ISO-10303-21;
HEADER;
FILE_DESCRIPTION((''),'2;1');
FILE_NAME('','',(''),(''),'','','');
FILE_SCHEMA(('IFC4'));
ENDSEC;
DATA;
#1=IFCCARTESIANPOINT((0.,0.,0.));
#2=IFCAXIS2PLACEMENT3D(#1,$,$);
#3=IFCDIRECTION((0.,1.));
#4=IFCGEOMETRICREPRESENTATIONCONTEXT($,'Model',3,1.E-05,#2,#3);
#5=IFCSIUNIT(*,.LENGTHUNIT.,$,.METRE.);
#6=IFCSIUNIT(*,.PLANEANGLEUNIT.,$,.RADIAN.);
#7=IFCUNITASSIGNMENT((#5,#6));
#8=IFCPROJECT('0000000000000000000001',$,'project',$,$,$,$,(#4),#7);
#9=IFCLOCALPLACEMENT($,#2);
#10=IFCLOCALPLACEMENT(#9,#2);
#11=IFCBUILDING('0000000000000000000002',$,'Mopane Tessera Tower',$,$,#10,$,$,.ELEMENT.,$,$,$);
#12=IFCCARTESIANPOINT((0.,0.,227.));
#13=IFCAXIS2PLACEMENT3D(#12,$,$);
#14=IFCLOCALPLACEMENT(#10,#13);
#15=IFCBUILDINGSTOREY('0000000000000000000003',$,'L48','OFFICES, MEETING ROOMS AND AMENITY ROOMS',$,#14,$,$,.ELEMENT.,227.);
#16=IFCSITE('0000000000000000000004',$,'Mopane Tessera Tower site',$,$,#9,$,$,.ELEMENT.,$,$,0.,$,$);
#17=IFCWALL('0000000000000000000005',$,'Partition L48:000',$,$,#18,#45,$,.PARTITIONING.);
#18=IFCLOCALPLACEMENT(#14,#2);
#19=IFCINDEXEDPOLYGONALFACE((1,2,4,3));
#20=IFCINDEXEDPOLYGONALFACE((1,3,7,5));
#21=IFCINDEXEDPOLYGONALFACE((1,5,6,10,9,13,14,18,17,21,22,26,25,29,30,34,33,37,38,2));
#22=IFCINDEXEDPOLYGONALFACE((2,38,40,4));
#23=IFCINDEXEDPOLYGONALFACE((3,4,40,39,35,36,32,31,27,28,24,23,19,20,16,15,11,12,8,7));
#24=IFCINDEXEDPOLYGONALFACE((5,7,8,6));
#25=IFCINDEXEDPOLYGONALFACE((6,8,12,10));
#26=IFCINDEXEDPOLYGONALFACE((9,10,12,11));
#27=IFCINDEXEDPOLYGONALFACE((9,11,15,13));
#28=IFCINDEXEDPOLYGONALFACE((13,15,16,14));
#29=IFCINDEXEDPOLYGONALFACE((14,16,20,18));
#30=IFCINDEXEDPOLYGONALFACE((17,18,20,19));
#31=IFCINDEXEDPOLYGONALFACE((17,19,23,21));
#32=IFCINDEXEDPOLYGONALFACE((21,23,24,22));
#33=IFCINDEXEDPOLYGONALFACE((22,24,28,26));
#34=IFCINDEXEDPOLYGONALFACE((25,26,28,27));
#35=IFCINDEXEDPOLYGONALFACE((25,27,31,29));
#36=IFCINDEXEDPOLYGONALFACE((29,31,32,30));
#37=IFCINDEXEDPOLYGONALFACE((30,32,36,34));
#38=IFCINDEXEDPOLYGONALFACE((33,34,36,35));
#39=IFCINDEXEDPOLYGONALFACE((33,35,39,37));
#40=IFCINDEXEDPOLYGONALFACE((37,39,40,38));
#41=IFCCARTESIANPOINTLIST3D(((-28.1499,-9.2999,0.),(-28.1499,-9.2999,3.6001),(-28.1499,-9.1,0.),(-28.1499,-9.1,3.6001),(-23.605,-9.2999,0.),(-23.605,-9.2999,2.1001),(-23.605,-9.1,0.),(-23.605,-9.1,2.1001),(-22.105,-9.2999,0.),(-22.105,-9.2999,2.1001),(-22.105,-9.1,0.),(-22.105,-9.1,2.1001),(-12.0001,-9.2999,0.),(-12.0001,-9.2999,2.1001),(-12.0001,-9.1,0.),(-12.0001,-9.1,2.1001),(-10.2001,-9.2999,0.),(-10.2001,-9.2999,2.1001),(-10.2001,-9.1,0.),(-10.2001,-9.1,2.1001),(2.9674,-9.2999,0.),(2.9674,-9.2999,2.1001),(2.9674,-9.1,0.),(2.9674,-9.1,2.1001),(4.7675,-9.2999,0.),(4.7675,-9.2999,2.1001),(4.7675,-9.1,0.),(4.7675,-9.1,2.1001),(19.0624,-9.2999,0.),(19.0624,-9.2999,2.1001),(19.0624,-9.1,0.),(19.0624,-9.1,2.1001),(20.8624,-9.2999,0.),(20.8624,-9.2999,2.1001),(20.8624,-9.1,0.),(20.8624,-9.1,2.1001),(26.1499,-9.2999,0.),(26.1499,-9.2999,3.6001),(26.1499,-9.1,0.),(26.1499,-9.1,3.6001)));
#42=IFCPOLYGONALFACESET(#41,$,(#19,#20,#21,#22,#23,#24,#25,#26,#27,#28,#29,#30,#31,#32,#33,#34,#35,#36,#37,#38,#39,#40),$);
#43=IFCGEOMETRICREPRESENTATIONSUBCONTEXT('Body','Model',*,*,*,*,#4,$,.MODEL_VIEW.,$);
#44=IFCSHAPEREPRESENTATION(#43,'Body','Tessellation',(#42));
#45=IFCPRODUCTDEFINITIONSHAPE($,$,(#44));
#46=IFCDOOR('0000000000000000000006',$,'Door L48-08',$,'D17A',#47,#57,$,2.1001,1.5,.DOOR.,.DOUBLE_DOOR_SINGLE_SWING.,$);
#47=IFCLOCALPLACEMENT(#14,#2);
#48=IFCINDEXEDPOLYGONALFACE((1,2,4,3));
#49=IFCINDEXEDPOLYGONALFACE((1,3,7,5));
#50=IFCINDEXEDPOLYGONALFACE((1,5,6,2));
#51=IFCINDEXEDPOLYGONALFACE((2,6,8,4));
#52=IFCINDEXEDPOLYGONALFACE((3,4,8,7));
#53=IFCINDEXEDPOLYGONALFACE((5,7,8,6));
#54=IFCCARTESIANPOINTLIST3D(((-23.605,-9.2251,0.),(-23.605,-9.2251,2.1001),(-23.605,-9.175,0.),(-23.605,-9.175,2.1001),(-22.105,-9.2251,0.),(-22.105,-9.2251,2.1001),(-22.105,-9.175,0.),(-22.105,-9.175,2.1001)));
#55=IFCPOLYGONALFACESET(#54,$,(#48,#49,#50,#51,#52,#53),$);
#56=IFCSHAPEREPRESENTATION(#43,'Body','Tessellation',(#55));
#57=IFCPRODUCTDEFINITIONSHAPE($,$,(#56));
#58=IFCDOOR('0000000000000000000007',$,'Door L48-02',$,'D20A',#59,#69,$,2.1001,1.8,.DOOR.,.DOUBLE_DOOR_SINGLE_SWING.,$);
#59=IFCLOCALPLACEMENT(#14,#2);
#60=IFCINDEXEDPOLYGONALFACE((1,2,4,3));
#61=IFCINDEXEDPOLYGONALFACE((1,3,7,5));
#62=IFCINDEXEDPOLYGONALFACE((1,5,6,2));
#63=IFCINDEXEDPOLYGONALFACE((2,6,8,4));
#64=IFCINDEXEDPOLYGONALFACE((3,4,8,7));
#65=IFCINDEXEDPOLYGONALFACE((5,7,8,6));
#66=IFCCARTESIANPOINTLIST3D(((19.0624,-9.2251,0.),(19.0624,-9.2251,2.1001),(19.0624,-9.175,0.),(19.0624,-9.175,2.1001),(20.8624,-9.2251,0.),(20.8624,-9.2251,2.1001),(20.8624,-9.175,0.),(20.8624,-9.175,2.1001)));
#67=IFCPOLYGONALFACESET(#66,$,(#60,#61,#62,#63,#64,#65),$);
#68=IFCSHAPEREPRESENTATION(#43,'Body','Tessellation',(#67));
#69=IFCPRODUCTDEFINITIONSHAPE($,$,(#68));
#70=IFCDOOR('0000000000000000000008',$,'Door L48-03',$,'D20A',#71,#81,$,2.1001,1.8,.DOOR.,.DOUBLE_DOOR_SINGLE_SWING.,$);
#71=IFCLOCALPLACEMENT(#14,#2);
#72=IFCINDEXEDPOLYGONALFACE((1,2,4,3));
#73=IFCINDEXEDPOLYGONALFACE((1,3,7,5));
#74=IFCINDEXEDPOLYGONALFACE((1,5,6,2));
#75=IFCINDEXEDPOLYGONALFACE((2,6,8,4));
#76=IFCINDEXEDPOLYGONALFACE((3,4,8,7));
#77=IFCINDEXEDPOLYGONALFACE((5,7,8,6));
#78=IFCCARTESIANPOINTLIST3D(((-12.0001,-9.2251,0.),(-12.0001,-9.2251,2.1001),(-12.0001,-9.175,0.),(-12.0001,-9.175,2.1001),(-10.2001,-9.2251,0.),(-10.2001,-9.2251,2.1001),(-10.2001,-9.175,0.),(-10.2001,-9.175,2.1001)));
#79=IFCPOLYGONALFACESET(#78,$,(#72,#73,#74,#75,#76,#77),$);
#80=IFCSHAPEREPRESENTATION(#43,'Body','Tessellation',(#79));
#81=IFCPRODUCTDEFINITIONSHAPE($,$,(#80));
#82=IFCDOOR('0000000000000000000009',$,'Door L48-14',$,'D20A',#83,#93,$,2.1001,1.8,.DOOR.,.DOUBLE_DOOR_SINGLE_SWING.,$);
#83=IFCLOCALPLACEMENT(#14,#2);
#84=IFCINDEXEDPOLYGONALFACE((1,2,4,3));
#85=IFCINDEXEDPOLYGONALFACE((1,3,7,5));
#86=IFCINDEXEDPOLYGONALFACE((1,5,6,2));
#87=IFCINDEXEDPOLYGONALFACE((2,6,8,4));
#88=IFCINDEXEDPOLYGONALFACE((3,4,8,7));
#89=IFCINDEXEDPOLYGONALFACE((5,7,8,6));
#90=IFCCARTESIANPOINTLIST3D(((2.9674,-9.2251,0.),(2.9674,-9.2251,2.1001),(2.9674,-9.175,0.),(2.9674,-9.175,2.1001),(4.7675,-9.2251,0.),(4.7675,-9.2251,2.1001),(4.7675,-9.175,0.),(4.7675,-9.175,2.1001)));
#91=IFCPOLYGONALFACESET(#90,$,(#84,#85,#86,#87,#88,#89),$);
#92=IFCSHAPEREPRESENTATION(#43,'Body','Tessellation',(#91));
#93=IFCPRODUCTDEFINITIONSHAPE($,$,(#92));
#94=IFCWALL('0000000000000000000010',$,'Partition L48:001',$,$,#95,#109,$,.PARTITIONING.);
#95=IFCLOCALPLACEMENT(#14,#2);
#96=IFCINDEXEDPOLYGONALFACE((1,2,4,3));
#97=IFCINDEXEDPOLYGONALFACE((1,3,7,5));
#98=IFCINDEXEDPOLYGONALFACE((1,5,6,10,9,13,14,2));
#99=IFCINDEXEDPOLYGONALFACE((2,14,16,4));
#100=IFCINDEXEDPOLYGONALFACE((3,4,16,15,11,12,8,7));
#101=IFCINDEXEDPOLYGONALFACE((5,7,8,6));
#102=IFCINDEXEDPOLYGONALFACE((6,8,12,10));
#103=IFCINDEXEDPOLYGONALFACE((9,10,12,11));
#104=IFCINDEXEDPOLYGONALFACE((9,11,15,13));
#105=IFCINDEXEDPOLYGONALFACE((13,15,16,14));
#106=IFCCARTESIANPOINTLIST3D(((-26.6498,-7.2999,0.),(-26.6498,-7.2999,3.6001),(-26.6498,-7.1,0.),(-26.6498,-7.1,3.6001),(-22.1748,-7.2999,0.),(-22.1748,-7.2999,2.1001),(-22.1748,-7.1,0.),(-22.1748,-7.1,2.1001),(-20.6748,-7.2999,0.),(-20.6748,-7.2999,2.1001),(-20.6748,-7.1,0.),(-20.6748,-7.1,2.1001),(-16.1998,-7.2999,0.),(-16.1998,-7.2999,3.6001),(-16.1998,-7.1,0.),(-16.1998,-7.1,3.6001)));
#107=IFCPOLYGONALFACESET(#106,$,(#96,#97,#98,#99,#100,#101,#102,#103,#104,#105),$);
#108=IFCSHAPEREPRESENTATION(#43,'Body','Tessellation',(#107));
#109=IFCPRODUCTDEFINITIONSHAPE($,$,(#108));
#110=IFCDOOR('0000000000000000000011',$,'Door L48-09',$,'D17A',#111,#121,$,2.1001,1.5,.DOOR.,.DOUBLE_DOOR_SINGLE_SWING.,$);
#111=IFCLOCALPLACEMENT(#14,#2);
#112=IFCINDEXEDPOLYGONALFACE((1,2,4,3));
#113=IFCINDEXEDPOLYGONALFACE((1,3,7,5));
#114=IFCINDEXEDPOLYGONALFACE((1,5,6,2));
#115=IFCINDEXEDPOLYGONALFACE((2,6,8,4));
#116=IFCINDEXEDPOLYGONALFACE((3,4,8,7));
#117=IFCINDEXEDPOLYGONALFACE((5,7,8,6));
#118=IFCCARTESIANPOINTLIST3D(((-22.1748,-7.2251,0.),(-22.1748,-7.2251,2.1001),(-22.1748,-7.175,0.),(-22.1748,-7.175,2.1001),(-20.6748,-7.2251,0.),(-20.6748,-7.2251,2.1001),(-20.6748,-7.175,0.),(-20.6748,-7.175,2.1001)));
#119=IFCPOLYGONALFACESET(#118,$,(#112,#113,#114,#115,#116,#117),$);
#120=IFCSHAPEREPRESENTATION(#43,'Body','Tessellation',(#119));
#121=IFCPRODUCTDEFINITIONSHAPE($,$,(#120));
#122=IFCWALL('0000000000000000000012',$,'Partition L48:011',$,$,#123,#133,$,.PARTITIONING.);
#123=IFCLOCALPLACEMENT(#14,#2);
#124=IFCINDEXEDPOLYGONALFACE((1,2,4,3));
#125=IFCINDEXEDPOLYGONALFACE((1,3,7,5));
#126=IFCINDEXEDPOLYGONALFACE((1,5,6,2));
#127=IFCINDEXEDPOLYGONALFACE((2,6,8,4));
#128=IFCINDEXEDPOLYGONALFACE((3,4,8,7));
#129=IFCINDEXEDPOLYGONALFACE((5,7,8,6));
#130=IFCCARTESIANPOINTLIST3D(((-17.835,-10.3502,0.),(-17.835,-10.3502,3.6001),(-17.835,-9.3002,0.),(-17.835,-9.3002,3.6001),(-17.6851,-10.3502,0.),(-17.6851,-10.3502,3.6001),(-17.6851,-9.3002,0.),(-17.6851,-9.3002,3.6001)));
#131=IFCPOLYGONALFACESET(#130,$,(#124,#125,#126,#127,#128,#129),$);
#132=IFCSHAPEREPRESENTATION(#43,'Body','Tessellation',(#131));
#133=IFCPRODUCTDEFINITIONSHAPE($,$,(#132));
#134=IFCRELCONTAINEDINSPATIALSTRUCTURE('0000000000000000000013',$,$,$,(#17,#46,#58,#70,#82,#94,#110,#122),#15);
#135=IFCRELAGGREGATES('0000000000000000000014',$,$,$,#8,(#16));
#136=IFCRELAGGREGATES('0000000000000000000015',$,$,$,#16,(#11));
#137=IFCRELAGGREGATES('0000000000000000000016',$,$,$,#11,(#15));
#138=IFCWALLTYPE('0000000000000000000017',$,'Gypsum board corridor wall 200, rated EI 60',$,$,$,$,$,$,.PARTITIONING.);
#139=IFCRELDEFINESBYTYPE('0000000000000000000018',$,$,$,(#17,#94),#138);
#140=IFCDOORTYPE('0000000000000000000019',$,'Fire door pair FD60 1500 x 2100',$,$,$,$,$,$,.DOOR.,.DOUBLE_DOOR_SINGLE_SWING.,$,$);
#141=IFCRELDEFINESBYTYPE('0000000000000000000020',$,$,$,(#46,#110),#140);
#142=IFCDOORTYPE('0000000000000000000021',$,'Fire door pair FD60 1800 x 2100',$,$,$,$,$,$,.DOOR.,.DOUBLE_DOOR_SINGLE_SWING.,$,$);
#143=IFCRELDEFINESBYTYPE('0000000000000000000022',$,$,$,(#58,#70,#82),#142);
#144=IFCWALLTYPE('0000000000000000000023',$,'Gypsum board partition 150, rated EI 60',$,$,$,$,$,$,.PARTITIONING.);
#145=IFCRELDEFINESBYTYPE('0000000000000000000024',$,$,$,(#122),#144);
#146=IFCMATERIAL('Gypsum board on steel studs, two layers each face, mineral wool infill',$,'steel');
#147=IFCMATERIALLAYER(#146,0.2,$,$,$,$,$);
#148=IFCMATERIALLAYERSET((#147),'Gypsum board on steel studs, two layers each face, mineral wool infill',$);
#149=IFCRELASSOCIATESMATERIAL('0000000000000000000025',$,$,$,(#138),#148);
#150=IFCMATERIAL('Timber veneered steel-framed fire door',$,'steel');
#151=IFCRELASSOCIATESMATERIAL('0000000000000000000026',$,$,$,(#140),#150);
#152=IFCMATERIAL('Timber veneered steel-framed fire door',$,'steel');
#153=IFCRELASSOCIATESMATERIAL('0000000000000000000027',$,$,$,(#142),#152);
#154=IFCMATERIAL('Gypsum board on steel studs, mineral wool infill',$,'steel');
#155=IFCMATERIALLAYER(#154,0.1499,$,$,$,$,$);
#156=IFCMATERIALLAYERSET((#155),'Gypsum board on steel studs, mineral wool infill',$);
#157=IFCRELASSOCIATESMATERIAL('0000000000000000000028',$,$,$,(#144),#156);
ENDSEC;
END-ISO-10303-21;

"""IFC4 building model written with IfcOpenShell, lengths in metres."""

from ifc_helpers import new_model, si_unit, direction, frame, frame_2d, origin, place, context, subcontext, project, spatial, rectangle, extrude, material, layer, layer_set, type_object, element, fill, save


model = new_model("IFC4")

# Units and contexts
model_context = context("Model", 3, precision=1e-05, world=origin(), true_north=direction((0.0, 1.0)))
body_context = subcontext(model_context, "Body", "Model", "MODEL_VIEW")
ifc_project = project(units=[si_unit("LENGTHUNIT", "METRE"), si_unit("PLANEANGLEUNIT", "RADIAN")], contexts=[model_context])

# Site, building, storey
site_placement = place(None, origin())
site = spatial("IfcSite", under=ifc_project, at=site_placement, Name="Mopane Tessera Tower site", CompositionType="ELEMENT", RefElevation=0.0)
building_placement = place(site_placement, origin())
building = spatial("IfcBuilding", under=site, at=building_placement, Name="Mopane Tessera Tower", CompositionType="ELEMENT")
storey_placement = place(building_placement, frame((0.0, 0.0, 227.0)))
storey = spatial("IfcBuildingStorey", under=building, at=storey_placement, Name="L48", Description="OFFICES, MEETING ROOMS AND AMENITY ROOMS", CompositionType="ELEMENT", Elevation=227.0)

# Wall, openings, doors
ifc_material_1 = material(Name="Gypsum board on steel studs, two layers each face, mineral wool infill", Category="steel")
ifc_layer_1 = layer(ifc_material_1, 0.2)
ifc_layer_set_1 = layer_set([ifc_layer_1], Name="Gypsum board on steel studs, two layers each face, mineral wool infill")
wall_type_1 = type_object("IfcWallType", Name="Gypsum board corridor wall 200, rated EI 60", PredefinedType="PARTITIONING", material=ifc_layer_set_1)
wall_1_placement = place(storey_placement, frame((-28.1499, -9.2, 0.0), z_axis=(0.0, 0.0, 1.0), x_axis=(1.0, 0.0, 0.0)))
wall_1 = element("IfcWall", 1, at=wall_1_placement, inside=storey, type_object=wall_type_1, Name="Partition L48:000", PredefinedType="PARTITIONING", context=body_context, shape_type="SweptSolid", body=[
    extrude(rectangle(XDim=54.2998, YDim=0.2, at=frame_2d((27.1499, 0.0))), origin(), (0.0, 0.0, 1.0), 3.6001),
])
opening_1_placement = place(wall_1_placement, frame((47.2124, 0.0, 0.0)))
opening_1 = element("IfcOpeningElement", 2, at=opening_1_placement, cuts=wall_1, PredefinedType="OPENING", context=body_context, shape_type="SweptSolid", body=[
    extrude(rectangle(XDim=1.8, YDim=2.1001, at=frame_2d((0.8999, 1.05))), frame((0.0, 0.1121, 0.0), z_axis=(0.0, -1.0, 0.0), x_axis=(1.0, 0.0, 0.0)), (0.0, 0.0, 1.0), 0.2239),
])
opening_2_placement = place(wall_1_placement, frame((16.1499, 0.0, 0.0)))
opening_2 = element("IfcOpeningElement", 3, at=opening_2_placement, cuts=wall_1, PredefinedType="OPENING", context=body_context, shape_type="SweptSolid", body=[
    extrude(rectangle(XDim=1.8, YDim=2.1001, at=frame_2d((0.8999, 1.05))), frame((0.0, 0.1121, 0.0), z_axis=(0.0, -1.0, 0.0), x_axis=(1.0, 0.0, 0.0)), (0.0, 0.0, 1.0), 0.2239),
])
opening_3_placement = place(wall_1_placement, frame((4.5449, 0.0, 0.0)))
opening_3 = element("IfcOpeningElement", 4, at=opening_3_placement, cuts=wall_1, PredefinedType="OPENING", context=body_context, shape_type="SweptSolid", body=[
    extrude(rectangle(XDim=1.5, YDim=2.1001, at=frame_2d((0.75, 1.05))), frame((0.0, 0.1121, 0.0), z_axis=(0.0, -1.0, 0.0), x_axis=(1.0, 0.0, 0.0)), (0.0, 0.0, 1.0), 0.2239),
])
opening_4_placement = place(wall_1_placement, frame((31.1174, 0.0, 0.0)))
opening_4 = element("IfcOpeningElement", 5, at=opening_4_placement, cuts=wall_1, PredefinedType="OPENING", context=body_context, shape_type="SweptSolid", body=[
    extrude(rectangle(XDim=1.8, YDim=2.1001, at=frame_2d((0.8999, 1.05))), frame((0.0, 0.1121, 0.0), z_axis=(0.0, -1.0, 0.0), x_axis=(1.0, 0.0, 0.0)), (0.0, 0.0, 1.0), 0.2239),
])
ifc_material_2 = material(Name="Timber veneered steel-framed fire door", Category="steel")
door_type_1 = type_object("IfcDoorType", Name="Fire door pair FD60 1500 x 2100", OperationType="DOUBLE_DOOR_SINGLE_SWING", PredefinedType="DOOR", material=ifc_material_2)
door_1_placement = place(opening_3_placement, origin())
door_1 = element("IfcDoor", 6, at=door_1_placement, inside=storey, type_object=door_type_1, Name="Door L48-08", ObjectType="D17A", OperationType="DOUBLE_DOOR_SINGLE_SWING", OverallHeight=2.1001, OverallWidth=1.5, PredefinedType="DOOR", context=body_context, shape_type="SweptSolid", body=[
    extrude(rectangle(XDim=1.5, YDim=2.1001, at=frame_2d((0.75, 1.05))), frame((0.0, 0.0249, 0.0), z_axis=(0.0, -1.0, 0.0), x_axis=(1.0, 0.0, 0.0)), (0.0, 0.0, 1.0), 0.05),
])
fill(opening_3, door_1)
ifc_material_3 = material(Name="Timber veneered steel-framed fire door", Category="steel")
door_type_2 = type_object("IfcDoorType", Name="Fire door pair FD60 1800 x 2100", OperationType="DOUBLE_DOOR_SINGLE_SWING", PredefinedType="DOOR", material=ifc_material_3)
door_2_placement = place(opening_1_placement, origin())
door_2 = element("IfcDoor", 7, at=door_2_placement, inside=storey, type_object=door_type_2, Name="Door L48-02", ObjectType="D20A", OperationType="DOUBLE_DOOR_SINGLE_SWING", OverallHeight=2.1001, OverallWidth=1.8, PredefinedType="DOOR", context=body_context, shape_type="SweptSolid", body=[
    extrude(rectangle(XDim=1.8, YDim=2.1001, at=frame_2d((0.8999, 1.05))), frame((0.0, 0.0249, 0.0), z_axis=(0.0, -1.0, 0.0), x_axis=(1.0, 0.0, 0.0)), (0.0, 0.0, 1.0), 0.05),
])
fill(opening_1, door_2)
door_3_placement = place(opening_2_placement, origin())
door_3 = element("IfcDoor", 8, at=door_3_placement, inside=storey, type_object=door_type_2, Name="Door L48-03", ObjectType="D20A", OperationType="DOUBLE_DOOR_SINGLE_SWING", OverallHeight=2.1001, OverallWidth=1.8, PredefinedType="DOOR", context=body_context, shape_type="SweptSolid", body=[
    extrude(rectangle(XDim=1.8, YDim=2.1001, at=frame_2d((0.8999, 1.05))), frame((0.0, 0.0249, 0.0), z_axis=(0.0, -1.0, 0.0), x_axis=(1.0, 0.0, 0.0)), (0.0, 0.0, 1.0), 0.05),
])
fill(opening_2, door_3)
door_4_placement = place(opening_4_placement, origin())
door_4 = element("IfcDoor", 9, at=door_4_placement, inside=storey, type_object=door_type_2, Name="Door L48-14", ObjectType="D20A", OperationType="DOUBLE_DOOR_SINGLE_SWING", OverallHeight=2.1001, OverallWidth=1.8, PredefinedType="DOOR", context=body_context, shape_type="SweptSolid", body=[
    extrude(rectangle(XDim=1.8, YDim=2.1001, at=frame_2d((0.8999, 1.05))), frame((0.0, 0.0249, 0.0), z_axis=(0.0, -1.0, 0.0), x_axis=(1.0, 0.0, 0.0)), (0.0, 0.0, 1.0), 0.05),
])
fill(opening_4, door_4)

# Wall, opening, door
wall_2_placement = place(storey_placement, frame((-26.6499, -7.2, 0.0), z_axis=(0.0, 0.0, 1.0), x_axis=(1.0, 0.0, 0.0)))
wall_2 = element("IfcWall", 10, at=wall_2_placement, inside=storey, type_object=wall_type_1, Name="Partition L48:001", PredefinedType="PARTITIONING", context=body_context, shape_type="SweptSolid", body=[
    extrude(rectangle(XDim=10.45, YDim=0.2, at=frame_2d((5.2251, 0.0))), origin(), (0.0, 0.0, 1.0), 3.6001),
])
opening_5_placement = place(wall_2_placement, frame((4.4751, 0.0, 0.0)))
opening_5 = element("IfcOpeningElement", 11, at=opening_5_placement, cuts=wall_2, PredefinedType="OPENING", context=body_context, shape_type="SweptSolid", body=[
    extrude(rectangle(XDim=1.5, YDim=2.1001, at=frame_2d((0.75, 1.05))), frame((0.0, 0.1121, 0.0), z_axis=(0.0, -1.0, 0.0), x_axis=(1.0, 0.0, 0.0)), (0.0, 0.0, 1.0), 0.2239),
])
door_5_placement = place(opening_5_placement, origin())
door_5 = element("IfcDoor", 12, at=door_5_placement, inside=storey, type_object=door_type_1, Name="Door L48-09", ObjectType="D17A", OperationType="DOUBLE_DOOR_SINGLE_SWING", OverallHeight=2.1001, OverallWidth=1.5, PredefinedType="DOOR", context=body_context, shape_type="SweptSolid", body=[
    extrude(rectangle(XDim=1.5, YDim=2.1001, at=frame_2d((0.75, 1.05))), frame((0.0, 0.0249, 0.0), z_axis=(0.0, -1.0, 0.0), x_axis=(1.0, 0.0, 0.0)), (0.0, 0.0, 1.0), 0.05),
])
fill(opening_5, door_5)

# Wall
ifc_material_4 = material(Name="Gypsum board on steel studs, mineral wool infill", Category="steel")
ifc_layer_2 = layer(ifc_material_4, 0.1499)
ifc_layer_set_2 = layer_set([ifc_layer_2], Name="Gypsum board on steel studs, mineral wool infill")
wall_type_2 = type_object("IfcWallType", Name="Gypsum board partition 150, rated EI 60", PredefinedType="PARTITIONING", material=ifc_layer_set_2)
wall_3_placement = place(storey_placement, frame((-17.76, -10.3501, 0.0), z_axis=(0.0, 0.0, 1.0), x_axis=(0.0, 1.0, 0.0)))
element("IfcWall", 13, at=wall_3_placement, inside=storey, type_object=wall_type_2, Name="Partition L48:011", PredefinedType="PARTITIONING", context=body_context, shape_type="SweptSolid", body=[
    extrude(rectangle(XDim=1.05, YDim=0.1499, at=frame_2d((0.5249, 0.0))), origin(), (0.0, 0.0, 1.0), 3.6001),
])

save(model, "model.ifc")
